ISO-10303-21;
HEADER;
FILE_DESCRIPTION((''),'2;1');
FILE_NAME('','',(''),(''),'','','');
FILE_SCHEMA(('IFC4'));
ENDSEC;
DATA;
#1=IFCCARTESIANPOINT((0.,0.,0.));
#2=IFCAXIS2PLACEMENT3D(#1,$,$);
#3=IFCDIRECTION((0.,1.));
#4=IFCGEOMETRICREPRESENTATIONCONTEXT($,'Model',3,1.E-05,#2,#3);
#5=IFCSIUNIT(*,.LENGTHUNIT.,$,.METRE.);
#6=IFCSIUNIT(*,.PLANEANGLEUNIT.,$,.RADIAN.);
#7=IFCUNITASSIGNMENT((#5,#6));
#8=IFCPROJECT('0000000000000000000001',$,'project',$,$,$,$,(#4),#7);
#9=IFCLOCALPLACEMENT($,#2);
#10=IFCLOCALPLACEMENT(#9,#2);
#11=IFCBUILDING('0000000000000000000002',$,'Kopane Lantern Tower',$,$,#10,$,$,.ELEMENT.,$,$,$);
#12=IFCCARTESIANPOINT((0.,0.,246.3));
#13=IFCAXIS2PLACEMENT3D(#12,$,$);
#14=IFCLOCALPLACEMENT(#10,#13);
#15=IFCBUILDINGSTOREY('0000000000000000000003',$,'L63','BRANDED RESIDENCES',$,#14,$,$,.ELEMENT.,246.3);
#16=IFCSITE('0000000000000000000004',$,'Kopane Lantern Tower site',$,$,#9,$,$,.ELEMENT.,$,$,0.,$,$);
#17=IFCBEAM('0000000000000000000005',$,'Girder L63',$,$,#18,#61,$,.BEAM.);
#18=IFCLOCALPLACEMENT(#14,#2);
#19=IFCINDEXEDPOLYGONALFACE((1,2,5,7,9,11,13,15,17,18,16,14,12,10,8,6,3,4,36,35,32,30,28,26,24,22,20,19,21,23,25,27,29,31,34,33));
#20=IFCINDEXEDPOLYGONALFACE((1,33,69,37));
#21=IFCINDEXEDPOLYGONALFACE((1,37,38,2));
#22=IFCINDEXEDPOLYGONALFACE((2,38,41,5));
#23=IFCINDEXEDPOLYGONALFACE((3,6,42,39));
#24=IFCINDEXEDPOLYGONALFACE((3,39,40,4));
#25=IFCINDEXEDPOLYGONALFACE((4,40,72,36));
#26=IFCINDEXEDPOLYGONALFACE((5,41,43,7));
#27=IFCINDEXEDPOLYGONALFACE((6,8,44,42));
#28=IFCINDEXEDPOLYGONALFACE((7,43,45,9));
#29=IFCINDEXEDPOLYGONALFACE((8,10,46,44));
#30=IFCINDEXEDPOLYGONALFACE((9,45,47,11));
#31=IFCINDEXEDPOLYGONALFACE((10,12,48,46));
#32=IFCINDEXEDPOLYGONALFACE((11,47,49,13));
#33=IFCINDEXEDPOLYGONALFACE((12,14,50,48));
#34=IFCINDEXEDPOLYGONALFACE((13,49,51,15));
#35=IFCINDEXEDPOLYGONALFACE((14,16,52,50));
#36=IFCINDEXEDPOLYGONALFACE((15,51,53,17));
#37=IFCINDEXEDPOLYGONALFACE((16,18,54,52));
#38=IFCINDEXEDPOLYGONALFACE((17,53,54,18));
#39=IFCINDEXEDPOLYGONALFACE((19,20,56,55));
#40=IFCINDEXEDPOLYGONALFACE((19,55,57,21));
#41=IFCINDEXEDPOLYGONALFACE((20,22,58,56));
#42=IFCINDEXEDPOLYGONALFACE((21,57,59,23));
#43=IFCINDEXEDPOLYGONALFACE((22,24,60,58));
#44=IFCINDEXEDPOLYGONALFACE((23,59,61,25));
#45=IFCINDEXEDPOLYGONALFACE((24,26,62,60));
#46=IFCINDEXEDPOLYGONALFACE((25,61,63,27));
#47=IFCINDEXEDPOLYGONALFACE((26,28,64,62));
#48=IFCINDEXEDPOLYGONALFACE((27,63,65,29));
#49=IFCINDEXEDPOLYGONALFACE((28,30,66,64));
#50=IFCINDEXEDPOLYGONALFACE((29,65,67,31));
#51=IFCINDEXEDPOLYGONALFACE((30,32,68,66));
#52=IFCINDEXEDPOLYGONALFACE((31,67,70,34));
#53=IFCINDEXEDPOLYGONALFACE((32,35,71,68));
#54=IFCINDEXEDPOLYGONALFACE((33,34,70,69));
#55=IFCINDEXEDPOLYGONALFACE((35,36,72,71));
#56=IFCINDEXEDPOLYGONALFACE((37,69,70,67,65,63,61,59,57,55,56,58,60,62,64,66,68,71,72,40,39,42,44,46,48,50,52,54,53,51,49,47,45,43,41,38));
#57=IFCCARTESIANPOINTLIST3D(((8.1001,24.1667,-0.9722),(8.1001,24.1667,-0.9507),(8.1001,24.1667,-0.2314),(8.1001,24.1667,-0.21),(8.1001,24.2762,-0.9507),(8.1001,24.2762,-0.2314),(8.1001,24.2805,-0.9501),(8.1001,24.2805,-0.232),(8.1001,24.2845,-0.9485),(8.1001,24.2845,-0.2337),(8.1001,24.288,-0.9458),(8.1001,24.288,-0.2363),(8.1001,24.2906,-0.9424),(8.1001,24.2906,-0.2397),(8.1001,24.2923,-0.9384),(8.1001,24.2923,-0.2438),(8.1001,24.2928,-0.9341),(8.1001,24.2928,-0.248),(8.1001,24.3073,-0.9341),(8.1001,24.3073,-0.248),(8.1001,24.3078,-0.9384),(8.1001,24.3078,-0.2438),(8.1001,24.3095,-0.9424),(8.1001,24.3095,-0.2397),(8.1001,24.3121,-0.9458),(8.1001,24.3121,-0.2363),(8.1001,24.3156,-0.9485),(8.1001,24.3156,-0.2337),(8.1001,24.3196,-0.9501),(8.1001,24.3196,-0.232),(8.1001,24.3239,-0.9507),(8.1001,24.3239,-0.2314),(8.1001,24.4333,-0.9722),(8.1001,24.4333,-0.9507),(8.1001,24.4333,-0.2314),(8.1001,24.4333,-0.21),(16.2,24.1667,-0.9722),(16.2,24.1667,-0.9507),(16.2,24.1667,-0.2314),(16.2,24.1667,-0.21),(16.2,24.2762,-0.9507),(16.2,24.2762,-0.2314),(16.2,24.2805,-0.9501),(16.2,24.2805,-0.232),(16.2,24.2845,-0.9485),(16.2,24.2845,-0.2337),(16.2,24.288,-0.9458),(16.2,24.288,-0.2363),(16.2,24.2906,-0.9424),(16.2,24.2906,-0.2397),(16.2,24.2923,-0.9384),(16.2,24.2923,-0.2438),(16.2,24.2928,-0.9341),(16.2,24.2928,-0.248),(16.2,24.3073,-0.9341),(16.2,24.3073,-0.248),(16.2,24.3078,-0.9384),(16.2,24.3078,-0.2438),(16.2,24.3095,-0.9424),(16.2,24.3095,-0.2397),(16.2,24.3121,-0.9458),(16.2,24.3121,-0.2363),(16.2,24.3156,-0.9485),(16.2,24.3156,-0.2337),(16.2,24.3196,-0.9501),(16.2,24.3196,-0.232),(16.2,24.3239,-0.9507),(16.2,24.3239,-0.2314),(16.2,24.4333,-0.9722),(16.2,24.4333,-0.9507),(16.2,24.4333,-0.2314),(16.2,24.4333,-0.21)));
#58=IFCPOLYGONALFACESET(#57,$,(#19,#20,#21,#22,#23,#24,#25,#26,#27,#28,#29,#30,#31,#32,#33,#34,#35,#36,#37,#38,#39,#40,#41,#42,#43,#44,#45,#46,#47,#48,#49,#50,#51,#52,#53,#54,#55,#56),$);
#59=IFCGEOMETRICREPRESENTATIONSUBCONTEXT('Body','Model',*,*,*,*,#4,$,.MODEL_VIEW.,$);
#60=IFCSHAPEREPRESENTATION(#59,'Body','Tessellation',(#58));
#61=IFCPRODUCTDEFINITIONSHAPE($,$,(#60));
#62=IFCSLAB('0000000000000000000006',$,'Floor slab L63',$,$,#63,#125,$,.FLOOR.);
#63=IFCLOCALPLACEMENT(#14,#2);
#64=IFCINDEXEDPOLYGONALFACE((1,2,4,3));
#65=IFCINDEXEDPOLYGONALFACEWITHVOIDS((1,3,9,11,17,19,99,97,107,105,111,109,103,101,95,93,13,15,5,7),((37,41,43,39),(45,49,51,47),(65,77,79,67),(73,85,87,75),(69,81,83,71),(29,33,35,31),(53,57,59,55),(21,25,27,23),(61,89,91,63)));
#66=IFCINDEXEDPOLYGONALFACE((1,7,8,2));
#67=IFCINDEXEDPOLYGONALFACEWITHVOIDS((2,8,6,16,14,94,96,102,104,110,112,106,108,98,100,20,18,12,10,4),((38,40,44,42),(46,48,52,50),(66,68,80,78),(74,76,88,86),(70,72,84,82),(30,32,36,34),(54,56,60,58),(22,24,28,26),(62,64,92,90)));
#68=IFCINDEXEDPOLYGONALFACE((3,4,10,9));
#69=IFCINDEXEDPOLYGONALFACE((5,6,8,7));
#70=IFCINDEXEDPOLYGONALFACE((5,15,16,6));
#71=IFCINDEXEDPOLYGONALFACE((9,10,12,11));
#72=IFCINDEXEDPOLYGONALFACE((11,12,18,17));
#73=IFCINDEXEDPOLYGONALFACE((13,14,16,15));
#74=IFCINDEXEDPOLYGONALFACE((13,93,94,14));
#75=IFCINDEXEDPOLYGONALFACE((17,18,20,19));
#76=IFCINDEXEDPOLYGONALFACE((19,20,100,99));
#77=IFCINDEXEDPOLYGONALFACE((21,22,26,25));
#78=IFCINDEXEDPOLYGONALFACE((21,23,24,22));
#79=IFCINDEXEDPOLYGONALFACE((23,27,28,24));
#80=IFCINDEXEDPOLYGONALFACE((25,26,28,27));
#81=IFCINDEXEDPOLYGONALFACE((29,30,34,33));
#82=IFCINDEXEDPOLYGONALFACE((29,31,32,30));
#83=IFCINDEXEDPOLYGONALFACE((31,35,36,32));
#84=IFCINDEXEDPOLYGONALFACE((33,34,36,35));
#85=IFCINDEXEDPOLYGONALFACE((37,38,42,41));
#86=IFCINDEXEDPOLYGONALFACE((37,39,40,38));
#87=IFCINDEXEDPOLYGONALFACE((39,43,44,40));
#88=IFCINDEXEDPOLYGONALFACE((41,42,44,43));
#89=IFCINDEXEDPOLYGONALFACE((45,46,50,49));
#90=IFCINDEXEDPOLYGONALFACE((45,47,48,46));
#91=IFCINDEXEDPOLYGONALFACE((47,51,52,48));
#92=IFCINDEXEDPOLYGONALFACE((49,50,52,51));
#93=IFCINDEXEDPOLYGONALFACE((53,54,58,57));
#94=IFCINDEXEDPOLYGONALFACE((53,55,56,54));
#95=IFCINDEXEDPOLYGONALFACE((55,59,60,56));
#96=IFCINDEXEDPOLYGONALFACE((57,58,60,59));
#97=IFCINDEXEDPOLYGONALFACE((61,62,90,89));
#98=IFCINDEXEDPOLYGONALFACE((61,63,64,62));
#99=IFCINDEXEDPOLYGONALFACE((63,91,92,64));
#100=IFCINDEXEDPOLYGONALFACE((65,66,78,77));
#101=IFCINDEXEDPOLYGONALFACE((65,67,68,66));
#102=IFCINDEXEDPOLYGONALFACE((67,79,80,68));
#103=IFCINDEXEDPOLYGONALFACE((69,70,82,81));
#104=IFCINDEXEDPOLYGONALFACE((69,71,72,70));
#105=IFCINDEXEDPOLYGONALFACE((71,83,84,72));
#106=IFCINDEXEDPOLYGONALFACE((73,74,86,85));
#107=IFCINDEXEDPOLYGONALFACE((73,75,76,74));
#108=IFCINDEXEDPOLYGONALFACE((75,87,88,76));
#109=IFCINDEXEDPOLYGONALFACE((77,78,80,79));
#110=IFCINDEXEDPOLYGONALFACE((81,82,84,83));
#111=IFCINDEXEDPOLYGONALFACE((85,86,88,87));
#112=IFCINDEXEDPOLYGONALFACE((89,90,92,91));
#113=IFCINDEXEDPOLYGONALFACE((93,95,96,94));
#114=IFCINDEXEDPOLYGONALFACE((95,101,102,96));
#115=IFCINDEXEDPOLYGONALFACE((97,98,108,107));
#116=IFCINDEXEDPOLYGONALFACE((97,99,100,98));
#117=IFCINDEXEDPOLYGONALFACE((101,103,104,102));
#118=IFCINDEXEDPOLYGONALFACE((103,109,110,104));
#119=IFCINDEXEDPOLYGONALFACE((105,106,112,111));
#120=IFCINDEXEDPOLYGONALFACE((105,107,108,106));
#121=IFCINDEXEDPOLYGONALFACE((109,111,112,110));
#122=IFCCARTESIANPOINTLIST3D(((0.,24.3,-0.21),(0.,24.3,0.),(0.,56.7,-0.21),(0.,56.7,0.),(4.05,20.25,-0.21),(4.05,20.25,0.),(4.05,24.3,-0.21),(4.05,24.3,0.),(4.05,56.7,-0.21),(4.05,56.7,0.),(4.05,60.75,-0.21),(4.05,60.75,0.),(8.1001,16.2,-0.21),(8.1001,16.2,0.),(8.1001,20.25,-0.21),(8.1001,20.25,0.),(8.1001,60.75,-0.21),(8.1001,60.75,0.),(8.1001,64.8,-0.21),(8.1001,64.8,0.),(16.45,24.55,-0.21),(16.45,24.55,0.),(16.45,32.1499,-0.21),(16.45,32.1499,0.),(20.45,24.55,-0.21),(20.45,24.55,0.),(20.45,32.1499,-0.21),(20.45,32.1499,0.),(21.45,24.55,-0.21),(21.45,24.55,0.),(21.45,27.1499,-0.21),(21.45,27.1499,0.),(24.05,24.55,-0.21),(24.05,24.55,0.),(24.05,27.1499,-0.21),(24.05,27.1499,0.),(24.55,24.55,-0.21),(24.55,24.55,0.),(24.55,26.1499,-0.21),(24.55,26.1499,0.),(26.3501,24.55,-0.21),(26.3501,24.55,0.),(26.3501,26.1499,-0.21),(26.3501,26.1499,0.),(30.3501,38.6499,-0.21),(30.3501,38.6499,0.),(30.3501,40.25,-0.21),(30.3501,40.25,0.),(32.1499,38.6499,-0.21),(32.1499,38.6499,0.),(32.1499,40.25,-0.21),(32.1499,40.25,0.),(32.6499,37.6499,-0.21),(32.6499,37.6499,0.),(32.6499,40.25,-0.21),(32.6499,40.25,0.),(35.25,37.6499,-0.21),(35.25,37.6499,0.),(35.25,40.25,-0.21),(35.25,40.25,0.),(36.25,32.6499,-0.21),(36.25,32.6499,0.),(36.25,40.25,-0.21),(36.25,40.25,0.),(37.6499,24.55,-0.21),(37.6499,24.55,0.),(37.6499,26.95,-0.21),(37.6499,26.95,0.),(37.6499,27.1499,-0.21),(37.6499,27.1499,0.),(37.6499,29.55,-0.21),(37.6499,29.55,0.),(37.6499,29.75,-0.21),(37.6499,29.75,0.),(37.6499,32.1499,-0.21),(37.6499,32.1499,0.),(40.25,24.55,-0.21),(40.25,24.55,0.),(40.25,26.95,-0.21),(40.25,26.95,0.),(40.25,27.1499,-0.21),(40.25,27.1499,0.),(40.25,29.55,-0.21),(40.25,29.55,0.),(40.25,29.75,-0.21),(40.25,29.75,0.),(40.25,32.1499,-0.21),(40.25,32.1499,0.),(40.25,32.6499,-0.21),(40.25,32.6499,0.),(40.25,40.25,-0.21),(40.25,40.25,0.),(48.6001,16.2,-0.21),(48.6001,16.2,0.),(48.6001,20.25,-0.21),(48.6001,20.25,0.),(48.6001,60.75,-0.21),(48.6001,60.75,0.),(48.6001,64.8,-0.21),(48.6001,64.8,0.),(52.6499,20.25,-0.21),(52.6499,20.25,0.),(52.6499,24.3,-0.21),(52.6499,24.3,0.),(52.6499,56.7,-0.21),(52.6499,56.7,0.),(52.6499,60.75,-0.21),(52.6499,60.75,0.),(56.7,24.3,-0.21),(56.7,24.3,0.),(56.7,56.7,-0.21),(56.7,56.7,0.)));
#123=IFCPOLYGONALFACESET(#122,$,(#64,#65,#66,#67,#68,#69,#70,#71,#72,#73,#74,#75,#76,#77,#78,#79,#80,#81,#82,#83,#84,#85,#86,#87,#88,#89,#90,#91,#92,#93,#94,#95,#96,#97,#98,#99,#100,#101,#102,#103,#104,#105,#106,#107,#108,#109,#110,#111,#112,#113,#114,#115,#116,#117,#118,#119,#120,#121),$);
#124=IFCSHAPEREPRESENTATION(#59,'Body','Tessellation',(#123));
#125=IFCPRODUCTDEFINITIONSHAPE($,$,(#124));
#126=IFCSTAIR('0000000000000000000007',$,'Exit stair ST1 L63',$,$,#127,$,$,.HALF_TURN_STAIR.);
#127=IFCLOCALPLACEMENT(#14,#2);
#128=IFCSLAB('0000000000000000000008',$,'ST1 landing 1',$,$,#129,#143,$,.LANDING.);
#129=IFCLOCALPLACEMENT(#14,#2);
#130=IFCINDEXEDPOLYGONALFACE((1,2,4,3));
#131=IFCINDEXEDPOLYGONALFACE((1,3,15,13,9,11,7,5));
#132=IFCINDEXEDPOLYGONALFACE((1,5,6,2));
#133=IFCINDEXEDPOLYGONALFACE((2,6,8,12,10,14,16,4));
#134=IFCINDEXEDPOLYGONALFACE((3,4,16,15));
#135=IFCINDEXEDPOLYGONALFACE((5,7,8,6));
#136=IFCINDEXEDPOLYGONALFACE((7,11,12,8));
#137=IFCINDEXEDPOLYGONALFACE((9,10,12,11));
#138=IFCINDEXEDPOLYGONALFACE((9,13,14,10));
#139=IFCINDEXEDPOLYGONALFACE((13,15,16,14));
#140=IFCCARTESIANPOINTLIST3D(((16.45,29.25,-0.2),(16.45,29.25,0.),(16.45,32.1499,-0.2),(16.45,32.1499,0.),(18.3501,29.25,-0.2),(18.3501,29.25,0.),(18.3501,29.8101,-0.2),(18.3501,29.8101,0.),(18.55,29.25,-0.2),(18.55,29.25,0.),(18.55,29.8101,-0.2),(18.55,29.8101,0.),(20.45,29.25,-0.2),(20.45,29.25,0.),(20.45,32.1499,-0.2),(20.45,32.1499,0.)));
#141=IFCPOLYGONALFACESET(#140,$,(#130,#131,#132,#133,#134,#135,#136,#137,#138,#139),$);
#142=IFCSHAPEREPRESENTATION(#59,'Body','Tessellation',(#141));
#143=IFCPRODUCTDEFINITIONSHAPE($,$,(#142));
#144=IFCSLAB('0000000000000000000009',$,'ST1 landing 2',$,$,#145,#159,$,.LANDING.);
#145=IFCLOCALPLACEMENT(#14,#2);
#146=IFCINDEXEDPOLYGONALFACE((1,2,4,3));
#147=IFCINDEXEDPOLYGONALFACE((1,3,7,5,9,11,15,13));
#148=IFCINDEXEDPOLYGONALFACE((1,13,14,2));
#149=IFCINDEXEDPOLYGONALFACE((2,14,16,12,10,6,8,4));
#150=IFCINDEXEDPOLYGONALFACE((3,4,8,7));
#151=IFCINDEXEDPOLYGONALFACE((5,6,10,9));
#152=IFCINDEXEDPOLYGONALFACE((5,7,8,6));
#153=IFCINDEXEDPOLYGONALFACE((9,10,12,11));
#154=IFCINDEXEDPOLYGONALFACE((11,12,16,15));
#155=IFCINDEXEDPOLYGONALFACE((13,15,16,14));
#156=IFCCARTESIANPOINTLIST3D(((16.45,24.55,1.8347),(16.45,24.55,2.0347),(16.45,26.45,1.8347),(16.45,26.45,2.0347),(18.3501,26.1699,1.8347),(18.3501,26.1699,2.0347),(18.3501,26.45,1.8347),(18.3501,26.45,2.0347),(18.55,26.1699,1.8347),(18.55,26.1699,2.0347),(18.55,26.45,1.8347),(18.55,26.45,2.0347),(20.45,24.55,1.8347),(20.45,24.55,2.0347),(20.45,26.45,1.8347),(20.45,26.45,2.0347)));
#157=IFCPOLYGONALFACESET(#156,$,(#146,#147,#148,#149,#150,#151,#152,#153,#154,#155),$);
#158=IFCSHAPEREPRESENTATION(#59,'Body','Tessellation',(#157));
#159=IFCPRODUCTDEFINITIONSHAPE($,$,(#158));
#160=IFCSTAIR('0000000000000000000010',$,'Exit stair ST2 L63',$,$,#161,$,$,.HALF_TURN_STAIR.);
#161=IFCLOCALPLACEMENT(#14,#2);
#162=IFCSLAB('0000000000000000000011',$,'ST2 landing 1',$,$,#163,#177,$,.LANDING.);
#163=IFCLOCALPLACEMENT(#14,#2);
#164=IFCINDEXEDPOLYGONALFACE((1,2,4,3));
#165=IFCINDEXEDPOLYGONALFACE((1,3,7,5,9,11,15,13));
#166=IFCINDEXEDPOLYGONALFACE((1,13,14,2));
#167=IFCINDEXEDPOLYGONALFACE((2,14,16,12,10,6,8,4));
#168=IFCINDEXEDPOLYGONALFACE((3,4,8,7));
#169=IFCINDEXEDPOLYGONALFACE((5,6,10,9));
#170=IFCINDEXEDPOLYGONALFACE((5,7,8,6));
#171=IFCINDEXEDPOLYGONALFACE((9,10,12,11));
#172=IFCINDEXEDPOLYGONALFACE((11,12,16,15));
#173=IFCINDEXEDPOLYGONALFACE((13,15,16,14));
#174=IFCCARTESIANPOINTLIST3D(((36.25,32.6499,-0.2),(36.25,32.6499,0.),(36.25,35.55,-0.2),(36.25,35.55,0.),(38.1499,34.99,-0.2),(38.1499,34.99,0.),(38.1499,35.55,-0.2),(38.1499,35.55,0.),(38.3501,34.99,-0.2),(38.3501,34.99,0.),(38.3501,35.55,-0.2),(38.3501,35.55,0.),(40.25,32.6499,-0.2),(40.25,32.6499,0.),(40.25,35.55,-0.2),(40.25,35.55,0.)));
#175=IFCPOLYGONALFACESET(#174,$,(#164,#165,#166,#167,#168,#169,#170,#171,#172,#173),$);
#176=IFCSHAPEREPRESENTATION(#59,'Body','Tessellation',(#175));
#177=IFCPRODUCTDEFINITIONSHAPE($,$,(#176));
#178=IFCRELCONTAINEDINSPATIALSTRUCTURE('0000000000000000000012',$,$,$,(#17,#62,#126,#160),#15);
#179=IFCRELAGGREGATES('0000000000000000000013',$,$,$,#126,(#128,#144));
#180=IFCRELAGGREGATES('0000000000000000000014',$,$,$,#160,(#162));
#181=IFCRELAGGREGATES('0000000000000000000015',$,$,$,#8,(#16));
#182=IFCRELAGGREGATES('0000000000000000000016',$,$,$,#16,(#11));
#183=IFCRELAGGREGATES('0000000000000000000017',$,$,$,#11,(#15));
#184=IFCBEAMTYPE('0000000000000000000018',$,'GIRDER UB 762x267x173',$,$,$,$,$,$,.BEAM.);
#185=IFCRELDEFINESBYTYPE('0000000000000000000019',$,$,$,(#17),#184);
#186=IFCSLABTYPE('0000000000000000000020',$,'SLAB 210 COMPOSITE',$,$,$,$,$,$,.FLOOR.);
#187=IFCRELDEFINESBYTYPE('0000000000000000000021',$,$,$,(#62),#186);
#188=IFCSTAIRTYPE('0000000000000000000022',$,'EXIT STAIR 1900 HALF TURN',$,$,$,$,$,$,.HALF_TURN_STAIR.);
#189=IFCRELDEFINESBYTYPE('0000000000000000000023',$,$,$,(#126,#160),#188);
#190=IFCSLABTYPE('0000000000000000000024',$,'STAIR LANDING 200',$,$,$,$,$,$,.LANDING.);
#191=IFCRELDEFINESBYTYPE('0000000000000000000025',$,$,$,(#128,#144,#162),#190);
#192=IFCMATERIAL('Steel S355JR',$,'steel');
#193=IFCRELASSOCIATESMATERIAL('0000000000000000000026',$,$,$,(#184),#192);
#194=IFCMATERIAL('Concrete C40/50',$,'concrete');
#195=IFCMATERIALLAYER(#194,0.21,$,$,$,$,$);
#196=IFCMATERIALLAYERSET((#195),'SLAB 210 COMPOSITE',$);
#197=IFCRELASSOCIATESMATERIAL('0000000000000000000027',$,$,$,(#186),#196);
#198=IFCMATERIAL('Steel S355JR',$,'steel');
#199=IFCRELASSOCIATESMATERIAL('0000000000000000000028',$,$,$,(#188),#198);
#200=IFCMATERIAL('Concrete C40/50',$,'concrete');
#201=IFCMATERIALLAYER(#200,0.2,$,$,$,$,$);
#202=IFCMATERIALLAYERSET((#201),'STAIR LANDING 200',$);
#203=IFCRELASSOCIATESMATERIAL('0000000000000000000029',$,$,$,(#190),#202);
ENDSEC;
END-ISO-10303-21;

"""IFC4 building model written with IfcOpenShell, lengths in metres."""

from ifc_helpers import new_model, si_unit, direction, frame, origin, origin_2d, place, context, subcontext, project, spatial, polyline, i_section, outline, extrude, material, layer, layer_set, material_profile, profile_set, type_object, element, aggregate, save


model = new_model("IFC4")

# Units and contexts
model_context = context("Model", 3, precision=1e-05, world=origin(), true_north=direction((0.0, 1.0)))
body_context = subcontext(model_context, "Body", "Model", "MODEL_VIEW")
ifc_project = project(units=[si_unit("LENGTHUNIT", "METRE"), si_unit("PLANEANGLEUNIT", "RADIAN")], contexts=[model_context])

# Site, building, storey
site_placement = place(None, origin())
site = spatial("IfcSite", under=ifc_project, at=site_placement, Name="Kopane Lantern Tower site", CompositionType="ELEMENT", RefElevation=0.0)
building_placement = place(site_placement, origin())
building = spatial("IfcBuilding", under=site, at=building_placement, Name="Kopane Lantern Tower", CompositionType="ELEMENT")
storey_placement = place(building_placement, frame((0.0, 0.0, 246.3)))
storey = spatial("IfcBuildingStorey", under=building, at=storey_placement, Name="L63", Description="BRANDED RESIDENCES", CompositionType="ELEMENT", Elevation=246.3)

# Beam
ifc_material_1 = material(Name="Steel S355JR", Category="steel")
ifc_material_profile_1 = material_profile(ifc_material_1, i_section(OverallWidth=0.2666, OverallDepth=0.7622, WebThickness=0.0144, FlangeThickness=0.0215, FilletRadius=0.0166, at=origin_2d()), Name="UB 762x267x173")
ifc_profile_set_1 = profile_set([ifc_material_profile_1], Name="Steel S355JR")
beam_type_1 = type_object("IfcBeamType", Name="GIRDER UB 762x267x173", PredefinedType="BEAM", material=ifc_profile_set_1)
for number, where, z_axis, x_axis, name in (
    (1, (8.1001, 24.3, -0.5911), (1.0, 0.0, 0.0), (0.0, 1.0, 0.0), "Girder L63"),
):
    element("IfcBeam", number, at=place(storey_placement, frame(where, z_axis=z_axis, x_axis=x_axis)), inside=storey, type_object=beam_type_1, Name=name, PredefinedType="BEAM", context=body_context, shape_type="SweptSolid", body=[
        extrude(i_section(OverallWidth=0.2666, OverallDepth=0.7622, WebThickness=0.0144, FlangeThickness=0.0215, FilletRadius=0.0166, at=origin_2d()), origin(), (0.0, 0.0, 1.0), 8.0999),
    ])

# Slab
ifc_material_2 = material(Name="Concrete C40/50", Category="concrete")
ifc_layer_1 = layer(ifc_material_2, 0.21)
ifc_layer_set_1 = layer_set([ifc_layer_1], Name="SLAB 210 COMPOSITE")
slab_type_1 = type_object("IfcSlabType", Name="SLAB 210 COMPOSITE", PredefinedType="FLOOR", material=ifc_layer_set_1)
slab_1_placement = place(storey_placement, frame((0.0, 0.0, -0.21)))
element("IfcSlab", 2, at=slab_1_placement, inside=storey, type_object=slab_type_1, Name="Floor slab L63", PredefinedType="FLOOR", context=body_context, shape_type="SweptSolid", body=[
    extrude(outline(polyline([(8.1001, 16.2), (48.6001, 16.2), (48.6001, 20.25), (52.6499, 20.25), (52.6499, 24.3), (56.7, 24.3), (56.7, 56.7), (52.6499, 56.7), (52.6499, 60.75), (48.6001, 60.75), (48.6001, 64.8), (8.1001, 64.8), (8.1001, 60.75), (4.05, 60.75), (4.05, 56.7), (0.0, 56.7), (0.0, 24.3), (4.05, 24.3), (4.05, 20.25), (8.1001, 20.25), (8.1001, 16.2)]), holes=[polyline([(16.45, 24.55), (20.45, 24.55), (20.45, 32.1499), (16.45, 32.1499), (16.45, 24.55)]), polyline([(36.25, 32.6499), (40.25, 32.6499), (40.25, 40.25), (36.25, 40.25), (36.25, 32.6499)]), polyline([(37.6499, 24.55), (40.25, 24.55), (40.25, 26.95), (37.6499, 26.95), (37.6499, 24.55)]), polyline([(37.6499, 27.1499), (40.25, 27.1499), (40.25, 29.55), (37.6499, 29.55), (37.6499, 27.1499)]), polyline([(37.6499, 29.75), (40.25, 29.75), (40.25, 32.1499), (37.6499, 32.1499), (37.6499, 29.75)]), polyline([(21.45, 24.55), (24.05, 24.55), (24.05, 27.1499), (21.45, 27.1499), (21.45, 24.55)]), polyline([(32.6499, 37.6499), (35.25, 37.6499), (35.25, 40.25), (32.6499, 40.25), (32.6499, 37.6499)]), polyline([(24.55, 24.55), (26.3501, 24.55), (26.3501, 26.1499), (24.55, 26.1499), (24.55, 24.55)]), polyline([(30.3501, 38.6499), (32.1499, 38.6499), (32.1499, 40.25), (30.3501, 40.25), (30.3501, 38.6499)])]), origin(), (0.0, 0.0, 1.0), 0.21),
])

# Stairs, slabs
ifc_material_3 = material(Name="Steel S355JR", Category="steel")
stair_type = type_object("IfcStairType", Name="EXIT STAIR 1900 HALF TURN", PredefinedType="HALF_TURN_STAIR", material=ifc_material_3)
stair_1_placement = place(storey_placement, origin())
stair_1 = element("IfcStair", 3, at=stair_1_placement, inside=storey, type_object=stair_type, Name="Exit stair ST1 L63", PredefinedType="HALF_TURN_STAIR")
ifc_material_4 = material(Name="Concrete C40/50", Category="concrete")
ifc_layer_2 = layer(ifc_material_4, 0.2)
ifc_layer_set_2 = layer_set([ifc_layer_2], Name="STAIR LANDING 200")
slab_type_2 = type_object("IfcSlabType", Name="STAIR LANDING 200", PredefinedType="LANDING", material=ifc_layer_set_2)
slab_2_placement = place(storey_placement, frame((0.0, 0.0, -0.2)))
slab_2 = element("IfcSlab", 4, at=slab_2_placement, type_object=slab_type_2, Name="ST1 landing 1", PredefinedType="LANDING", context=body_context, shape_type="SweptSolid", body=[
    extrude(outline(polyline([(18.3501, 29.8101), (18.55, 29.8101), (18.55, 29.25), (20.45, 29.25), (20.45, 32.1499), (16.45, 32.1499), (16.45, 29.25), (18.3501, 29.25), (18.3501, 29.8101)])), origin(), (0.0, 0.0, 1.0), 0.2),
])
slab_3_placement = place(storey_placement, frame((0.0, 0.0, 1.8347)))
slab_3 = element("IfcSlab", 5, at=slab_3_placement, type_object=slab_type_2, Name="ST1 landing 2", PredefinedType="LANDING", context=body_context, shape_type="SweptSolid", body=[
    extrude(outline(polyline([(20.45, 26.45), (18.55, 26.45), (18.55, 26.1699), (18.3501, 26.1699), (18.3501, 26.45), (16.45, 26.45), (16.45, 24.55), (20.45, 24.55), (20.45, 26.45)])), origin(), (0.0, 0.0, 1.0), 0.2),
])
aggregate(stair_1, [slab_2, slab_3])
stair_2_placement = place(storey_placement, origin())
stair_2 = element("IfcStair", 6, at=stair_2_placement, inside=storey, type_object=stair_type, Name="Exit stair ST2 L63", PredefinedType="HALF_TURN_STAIR")
slab_4_placement = place(storey_placement, frame((0.0, 0.0, -0.2)))
slab_4 = element("IfcSlab", 7, at=slab_4_placement, type_object=slab_type_2, Name="ST2 landing 1", PredefinedType="LANDING", context=body_context, shape_type="SweptSolid", body=[
    extrude(outline(polyline([(40.25, 35.55), (38.3501, 35.55), (38.3501, 34.99), (38.1499, 34.99), (38.1499, 35.55), (36.25, 35.55), (36.25, 32.6499), (40.25, 32.6499), (40.25, 35.55)])), origin(), (0.0, 0.0, 1.0), 0.2),
])
aggregate(stair_2, [slab_4])

save(model, "model.ifc")
